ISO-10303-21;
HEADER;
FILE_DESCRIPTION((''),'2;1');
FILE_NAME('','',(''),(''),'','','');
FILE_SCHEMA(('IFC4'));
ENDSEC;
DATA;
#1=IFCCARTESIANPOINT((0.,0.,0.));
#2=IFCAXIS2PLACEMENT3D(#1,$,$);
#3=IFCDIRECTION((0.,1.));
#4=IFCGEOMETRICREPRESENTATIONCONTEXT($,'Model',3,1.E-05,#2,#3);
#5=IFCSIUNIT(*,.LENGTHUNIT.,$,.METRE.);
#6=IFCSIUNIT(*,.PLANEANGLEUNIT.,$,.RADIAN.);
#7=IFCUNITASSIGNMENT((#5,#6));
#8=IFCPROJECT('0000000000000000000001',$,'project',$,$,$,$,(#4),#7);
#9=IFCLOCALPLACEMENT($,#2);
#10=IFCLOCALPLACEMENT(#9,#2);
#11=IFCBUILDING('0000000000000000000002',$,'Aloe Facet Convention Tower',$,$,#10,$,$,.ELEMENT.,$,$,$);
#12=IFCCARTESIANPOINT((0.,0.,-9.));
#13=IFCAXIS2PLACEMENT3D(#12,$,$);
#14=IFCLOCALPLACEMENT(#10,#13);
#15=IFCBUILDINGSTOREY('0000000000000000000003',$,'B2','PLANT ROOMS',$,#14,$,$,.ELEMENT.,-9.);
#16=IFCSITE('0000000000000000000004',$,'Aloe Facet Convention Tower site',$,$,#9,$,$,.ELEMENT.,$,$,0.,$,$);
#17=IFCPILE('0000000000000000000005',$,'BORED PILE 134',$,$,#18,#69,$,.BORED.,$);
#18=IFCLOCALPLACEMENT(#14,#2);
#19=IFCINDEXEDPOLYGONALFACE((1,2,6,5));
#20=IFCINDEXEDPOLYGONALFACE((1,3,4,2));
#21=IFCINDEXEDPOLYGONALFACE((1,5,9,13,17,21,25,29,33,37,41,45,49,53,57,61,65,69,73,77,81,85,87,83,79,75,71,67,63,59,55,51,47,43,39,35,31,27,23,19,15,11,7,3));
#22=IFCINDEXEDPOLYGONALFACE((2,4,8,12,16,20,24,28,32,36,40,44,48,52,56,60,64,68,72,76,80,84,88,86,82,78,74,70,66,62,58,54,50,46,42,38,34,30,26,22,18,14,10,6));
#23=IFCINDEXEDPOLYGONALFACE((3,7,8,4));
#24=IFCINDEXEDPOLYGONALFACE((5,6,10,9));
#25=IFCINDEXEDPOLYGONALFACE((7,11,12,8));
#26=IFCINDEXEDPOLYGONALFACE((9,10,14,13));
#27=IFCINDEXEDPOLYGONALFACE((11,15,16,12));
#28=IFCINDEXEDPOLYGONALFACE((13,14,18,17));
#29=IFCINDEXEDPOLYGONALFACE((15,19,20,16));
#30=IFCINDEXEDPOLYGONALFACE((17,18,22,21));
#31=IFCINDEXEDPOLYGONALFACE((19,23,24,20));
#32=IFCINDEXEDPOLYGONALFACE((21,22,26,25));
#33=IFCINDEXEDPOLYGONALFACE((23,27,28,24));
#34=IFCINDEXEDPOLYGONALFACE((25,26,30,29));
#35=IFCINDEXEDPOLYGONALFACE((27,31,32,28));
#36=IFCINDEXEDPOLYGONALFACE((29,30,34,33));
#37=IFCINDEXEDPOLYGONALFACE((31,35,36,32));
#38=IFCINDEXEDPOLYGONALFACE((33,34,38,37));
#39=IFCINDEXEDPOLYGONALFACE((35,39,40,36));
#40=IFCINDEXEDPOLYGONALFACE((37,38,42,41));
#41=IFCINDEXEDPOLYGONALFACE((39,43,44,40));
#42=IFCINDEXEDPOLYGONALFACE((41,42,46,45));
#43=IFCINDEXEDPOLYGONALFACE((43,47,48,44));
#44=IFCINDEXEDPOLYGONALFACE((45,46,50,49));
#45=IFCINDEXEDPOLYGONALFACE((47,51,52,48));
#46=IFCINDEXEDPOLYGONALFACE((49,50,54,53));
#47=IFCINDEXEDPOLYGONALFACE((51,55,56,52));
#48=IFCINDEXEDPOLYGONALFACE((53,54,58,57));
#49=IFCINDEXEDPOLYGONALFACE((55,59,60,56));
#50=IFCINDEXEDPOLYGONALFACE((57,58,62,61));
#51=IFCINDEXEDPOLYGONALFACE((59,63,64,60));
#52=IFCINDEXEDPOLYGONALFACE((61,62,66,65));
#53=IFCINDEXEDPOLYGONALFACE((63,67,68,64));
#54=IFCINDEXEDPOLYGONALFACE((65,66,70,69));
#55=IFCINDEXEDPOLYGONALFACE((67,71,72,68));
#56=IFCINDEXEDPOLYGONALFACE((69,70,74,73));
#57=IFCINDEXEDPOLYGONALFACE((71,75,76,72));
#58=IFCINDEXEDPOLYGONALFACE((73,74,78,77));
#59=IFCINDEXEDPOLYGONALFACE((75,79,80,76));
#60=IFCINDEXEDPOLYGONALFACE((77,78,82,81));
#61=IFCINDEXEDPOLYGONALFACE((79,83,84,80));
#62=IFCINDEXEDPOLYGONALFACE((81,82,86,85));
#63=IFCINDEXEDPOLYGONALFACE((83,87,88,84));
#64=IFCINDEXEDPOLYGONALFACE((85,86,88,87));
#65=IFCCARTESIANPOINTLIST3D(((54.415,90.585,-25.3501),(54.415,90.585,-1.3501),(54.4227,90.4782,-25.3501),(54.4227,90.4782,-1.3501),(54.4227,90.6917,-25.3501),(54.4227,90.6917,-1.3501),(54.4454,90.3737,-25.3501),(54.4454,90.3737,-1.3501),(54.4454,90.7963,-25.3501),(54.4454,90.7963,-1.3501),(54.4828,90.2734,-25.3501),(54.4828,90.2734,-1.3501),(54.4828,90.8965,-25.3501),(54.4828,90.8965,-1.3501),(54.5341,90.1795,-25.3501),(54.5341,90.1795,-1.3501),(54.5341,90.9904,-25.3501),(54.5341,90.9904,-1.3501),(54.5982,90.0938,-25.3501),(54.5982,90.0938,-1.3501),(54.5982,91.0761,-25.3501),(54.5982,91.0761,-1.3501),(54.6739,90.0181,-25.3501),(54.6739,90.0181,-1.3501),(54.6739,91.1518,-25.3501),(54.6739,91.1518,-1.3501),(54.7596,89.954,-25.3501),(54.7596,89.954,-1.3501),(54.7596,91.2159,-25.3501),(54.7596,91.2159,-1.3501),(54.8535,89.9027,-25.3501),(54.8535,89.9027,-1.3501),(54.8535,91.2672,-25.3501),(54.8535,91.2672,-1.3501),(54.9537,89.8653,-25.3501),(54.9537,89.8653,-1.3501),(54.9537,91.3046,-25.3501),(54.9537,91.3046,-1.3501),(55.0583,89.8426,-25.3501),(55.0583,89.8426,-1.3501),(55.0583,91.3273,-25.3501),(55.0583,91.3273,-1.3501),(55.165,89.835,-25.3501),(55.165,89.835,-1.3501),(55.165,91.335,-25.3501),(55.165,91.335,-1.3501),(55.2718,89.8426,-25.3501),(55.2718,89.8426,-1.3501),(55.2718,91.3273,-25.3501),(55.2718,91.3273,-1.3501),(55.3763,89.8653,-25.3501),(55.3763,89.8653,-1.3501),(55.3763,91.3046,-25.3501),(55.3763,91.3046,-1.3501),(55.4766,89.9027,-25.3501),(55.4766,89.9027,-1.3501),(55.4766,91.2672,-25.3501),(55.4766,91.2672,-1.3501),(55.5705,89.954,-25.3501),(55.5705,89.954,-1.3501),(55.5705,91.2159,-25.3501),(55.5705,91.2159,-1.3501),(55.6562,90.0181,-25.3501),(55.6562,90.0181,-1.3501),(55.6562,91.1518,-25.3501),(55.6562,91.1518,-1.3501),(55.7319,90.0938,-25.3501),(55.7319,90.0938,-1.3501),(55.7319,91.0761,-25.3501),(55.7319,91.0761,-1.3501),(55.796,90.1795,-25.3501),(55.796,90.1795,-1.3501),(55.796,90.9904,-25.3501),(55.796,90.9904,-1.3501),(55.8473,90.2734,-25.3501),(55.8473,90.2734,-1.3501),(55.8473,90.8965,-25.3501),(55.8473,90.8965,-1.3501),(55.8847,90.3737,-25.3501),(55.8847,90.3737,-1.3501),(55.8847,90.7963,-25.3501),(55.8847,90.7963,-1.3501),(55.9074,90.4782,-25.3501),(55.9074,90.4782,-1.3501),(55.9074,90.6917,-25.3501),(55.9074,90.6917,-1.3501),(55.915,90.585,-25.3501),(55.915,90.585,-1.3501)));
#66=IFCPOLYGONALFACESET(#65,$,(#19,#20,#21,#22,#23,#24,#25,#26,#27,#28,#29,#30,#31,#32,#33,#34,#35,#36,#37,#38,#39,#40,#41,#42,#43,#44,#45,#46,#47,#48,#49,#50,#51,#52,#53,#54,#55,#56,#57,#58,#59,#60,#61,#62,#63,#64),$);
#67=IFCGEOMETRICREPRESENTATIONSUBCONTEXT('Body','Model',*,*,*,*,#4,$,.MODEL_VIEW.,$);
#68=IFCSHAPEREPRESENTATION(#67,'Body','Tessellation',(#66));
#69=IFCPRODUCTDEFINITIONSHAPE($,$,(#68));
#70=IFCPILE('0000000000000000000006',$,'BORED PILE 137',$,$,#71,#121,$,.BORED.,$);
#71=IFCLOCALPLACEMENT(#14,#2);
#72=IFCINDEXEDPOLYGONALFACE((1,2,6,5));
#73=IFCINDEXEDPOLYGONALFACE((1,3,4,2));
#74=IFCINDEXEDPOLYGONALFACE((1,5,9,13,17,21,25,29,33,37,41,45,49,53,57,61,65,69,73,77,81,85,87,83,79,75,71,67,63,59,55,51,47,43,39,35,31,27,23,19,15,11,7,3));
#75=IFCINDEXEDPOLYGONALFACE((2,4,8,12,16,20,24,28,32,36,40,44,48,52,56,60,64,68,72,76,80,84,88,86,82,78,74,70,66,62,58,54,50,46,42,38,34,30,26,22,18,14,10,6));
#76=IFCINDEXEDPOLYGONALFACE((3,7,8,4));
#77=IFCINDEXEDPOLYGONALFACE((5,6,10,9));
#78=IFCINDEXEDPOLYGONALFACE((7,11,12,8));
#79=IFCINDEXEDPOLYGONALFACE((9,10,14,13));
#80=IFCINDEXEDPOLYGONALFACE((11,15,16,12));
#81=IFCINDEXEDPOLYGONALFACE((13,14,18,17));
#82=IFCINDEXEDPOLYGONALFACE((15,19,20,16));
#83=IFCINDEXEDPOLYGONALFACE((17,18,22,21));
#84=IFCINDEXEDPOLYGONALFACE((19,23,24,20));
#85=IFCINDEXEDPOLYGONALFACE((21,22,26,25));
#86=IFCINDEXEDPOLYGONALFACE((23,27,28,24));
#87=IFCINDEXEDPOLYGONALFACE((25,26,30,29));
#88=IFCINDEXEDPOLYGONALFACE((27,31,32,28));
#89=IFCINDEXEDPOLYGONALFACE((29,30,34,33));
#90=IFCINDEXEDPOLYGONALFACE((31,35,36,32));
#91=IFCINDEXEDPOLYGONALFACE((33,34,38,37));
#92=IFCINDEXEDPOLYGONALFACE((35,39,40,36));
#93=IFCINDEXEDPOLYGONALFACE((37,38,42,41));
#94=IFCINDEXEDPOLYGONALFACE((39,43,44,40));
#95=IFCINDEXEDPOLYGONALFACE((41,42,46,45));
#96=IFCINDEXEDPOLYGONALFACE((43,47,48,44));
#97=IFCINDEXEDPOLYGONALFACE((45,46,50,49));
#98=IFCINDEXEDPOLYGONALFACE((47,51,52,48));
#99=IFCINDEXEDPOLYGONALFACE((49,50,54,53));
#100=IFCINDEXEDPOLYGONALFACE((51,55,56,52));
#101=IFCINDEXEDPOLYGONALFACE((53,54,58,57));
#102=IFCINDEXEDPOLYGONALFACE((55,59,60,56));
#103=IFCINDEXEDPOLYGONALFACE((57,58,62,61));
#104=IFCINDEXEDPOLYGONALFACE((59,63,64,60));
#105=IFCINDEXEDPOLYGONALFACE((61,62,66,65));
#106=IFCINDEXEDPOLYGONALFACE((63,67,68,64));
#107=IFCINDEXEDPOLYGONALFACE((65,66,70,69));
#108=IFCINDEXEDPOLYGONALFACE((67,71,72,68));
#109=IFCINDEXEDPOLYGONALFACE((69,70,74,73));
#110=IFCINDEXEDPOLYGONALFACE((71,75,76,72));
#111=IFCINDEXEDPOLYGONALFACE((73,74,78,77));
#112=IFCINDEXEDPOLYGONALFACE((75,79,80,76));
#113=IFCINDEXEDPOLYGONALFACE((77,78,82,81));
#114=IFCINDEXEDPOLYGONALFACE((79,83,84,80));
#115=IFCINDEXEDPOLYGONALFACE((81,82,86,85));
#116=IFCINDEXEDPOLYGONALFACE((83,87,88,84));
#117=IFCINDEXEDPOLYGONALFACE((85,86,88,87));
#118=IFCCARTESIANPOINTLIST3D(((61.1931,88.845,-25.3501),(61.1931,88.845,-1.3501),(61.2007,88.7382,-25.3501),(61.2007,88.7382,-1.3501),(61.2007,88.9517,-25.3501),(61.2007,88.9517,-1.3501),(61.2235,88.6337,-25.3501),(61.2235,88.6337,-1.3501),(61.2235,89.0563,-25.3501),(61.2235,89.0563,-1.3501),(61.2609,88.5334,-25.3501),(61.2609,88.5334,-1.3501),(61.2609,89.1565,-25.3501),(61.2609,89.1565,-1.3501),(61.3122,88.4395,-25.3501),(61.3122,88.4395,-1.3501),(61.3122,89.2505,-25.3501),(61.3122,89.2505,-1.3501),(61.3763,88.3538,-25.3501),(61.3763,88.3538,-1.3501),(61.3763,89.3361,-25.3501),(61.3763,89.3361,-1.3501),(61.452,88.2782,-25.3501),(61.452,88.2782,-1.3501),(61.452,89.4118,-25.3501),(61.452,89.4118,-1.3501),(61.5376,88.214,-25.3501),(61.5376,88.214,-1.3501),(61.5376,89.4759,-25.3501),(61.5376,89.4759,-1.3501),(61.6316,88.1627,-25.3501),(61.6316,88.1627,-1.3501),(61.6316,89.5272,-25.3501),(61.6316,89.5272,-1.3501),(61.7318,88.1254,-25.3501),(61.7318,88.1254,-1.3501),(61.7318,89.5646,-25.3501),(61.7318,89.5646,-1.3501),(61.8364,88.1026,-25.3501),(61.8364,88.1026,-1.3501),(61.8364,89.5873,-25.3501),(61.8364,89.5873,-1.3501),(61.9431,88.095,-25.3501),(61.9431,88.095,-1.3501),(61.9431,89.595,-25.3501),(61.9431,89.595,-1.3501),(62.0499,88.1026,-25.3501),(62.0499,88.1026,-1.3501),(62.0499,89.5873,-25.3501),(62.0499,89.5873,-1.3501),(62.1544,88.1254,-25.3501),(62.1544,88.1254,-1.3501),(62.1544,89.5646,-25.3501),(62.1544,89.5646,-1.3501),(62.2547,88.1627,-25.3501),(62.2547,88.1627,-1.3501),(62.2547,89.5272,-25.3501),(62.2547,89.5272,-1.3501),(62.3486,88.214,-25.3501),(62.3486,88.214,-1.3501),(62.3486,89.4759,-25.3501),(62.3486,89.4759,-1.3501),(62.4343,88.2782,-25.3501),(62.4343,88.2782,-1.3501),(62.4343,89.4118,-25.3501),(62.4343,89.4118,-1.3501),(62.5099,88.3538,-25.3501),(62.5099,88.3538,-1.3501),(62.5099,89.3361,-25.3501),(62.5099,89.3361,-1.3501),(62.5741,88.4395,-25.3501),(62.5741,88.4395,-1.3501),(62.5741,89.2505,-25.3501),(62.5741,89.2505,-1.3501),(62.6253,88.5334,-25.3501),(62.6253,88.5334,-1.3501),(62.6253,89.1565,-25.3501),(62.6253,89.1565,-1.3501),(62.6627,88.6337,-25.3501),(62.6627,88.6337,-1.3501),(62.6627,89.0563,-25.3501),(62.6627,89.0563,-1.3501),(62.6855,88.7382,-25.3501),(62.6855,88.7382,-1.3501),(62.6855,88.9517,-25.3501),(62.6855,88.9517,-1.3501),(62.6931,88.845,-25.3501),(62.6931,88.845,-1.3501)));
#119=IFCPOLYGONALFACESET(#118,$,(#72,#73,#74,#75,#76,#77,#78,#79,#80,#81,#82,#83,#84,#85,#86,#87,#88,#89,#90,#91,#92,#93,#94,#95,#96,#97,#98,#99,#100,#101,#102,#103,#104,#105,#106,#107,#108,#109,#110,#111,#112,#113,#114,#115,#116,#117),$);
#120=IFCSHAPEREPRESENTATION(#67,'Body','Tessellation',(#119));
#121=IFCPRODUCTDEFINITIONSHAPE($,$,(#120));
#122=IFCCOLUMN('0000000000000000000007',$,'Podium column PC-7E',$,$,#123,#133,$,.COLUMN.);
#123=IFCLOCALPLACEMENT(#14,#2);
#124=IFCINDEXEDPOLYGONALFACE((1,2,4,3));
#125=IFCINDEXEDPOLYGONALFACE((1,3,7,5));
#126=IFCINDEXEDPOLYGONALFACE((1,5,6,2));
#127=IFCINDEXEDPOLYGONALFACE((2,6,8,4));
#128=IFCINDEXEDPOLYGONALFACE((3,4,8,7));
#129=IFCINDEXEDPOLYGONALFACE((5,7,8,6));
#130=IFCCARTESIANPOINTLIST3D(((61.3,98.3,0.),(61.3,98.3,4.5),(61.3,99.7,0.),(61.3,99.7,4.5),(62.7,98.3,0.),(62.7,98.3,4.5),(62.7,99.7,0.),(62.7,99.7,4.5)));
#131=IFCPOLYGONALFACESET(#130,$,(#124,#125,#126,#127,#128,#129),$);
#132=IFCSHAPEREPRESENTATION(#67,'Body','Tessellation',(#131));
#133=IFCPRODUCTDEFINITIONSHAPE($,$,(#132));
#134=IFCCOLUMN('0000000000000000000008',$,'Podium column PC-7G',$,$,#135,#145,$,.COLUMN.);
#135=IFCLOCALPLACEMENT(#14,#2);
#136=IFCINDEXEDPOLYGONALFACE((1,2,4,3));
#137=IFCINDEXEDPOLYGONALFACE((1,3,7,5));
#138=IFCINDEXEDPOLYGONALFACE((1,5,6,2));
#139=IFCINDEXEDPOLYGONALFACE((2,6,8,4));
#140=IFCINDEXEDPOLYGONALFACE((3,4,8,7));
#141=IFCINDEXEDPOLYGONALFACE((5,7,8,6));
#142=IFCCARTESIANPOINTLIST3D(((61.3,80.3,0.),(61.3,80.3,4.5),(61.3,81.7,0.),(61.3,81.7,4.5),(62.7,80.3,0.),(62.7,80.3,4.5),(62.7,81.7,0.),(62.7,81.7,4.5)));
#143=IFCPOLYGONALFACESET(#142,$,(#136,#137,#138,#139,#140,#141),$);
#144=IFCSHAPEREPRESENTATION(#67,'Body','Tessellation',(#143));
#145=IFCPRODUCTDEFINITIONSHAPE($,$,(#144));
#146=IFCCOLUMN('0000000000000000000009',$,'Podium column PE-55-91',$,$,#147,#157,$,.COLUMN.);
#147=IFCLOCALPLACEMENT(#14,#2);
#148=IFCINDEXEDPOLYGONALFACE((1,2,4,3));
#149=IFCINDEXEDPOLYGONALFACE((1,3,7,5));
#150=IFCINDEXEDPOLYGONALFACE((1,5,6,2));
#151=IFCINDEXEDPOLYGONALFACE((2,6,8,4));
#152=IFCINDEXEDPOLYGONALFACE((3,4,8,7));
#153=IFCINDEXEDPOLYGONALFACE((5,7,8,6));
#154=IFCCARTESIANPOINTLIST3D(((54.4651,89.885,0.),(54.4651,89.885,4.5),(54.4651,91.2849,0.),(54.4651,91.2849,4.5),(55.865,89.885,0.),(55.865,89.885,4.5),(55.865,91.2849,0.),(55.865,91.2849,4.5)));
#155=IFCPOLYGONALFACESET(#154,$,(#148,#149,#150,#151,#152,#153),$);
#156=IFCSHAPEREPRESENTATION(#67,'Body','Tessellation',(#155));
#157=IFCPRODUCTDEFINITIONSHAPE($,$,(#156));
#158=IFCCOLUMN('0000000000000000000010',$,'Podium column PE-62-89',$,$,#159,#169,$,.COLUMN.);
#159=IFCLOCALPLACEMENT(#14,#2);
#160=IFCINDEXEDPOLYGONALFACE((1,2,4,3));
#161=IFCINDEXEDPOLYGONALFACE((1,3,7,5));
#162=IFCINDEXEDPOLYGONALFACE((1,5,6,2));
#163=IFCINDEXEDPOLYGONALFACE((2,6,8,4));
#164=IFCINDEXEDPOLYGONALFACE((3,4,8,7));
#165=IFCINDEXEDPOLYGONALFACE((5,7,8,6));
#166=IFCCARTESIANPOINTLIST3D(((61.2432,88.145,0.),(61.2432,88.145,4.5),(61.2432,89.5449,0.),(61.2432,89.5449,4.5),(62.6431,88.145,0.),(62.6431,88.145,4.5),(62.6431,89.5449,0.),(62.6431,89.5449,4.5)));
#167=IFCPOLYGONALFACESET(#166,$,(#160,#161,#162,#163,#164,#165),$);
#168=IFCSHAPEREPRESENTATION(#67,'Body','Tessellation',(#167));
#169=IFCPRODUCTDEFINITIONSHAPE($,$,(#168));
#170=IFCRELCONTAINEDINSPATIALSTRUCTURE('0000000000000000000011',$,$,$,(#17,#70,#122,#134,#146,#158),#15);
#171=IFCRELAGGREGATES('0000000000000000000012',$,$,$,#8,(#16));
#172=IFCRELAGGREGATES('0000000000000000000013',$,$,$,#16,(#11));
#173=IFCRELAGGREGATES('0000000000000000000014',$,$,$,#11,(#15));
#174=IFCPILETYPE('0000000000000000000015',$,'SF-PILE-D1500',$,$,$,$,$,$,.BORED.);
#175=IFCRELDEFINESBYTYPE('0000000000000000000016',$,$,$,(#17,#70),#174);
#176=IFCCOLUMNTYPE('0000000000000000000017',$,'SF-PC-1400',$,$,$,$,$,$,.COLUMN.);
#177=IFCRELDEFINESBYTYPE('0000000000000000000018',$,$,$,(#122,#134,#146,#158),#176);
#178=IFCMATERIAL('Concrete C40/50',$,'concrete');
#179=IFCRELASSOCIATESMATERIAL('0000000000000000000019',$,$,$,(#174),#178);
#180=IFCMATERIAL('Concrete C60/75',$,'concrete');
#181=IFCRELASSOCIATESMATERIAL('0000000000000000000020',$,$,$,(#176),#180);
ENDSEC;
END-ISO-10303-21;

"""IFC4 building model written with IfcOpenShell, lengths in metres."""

from ifc_helpers import new_model, si_unit, direction, frame, origin, origin_2d, place, context, subcontext, project, spatial, rectangle, circle, extrude, material, material_profile, profile_set, type_object, element, save


model = new_model("IFC4")

# Units and contexts
model_context = context("Model", 3, precision=1e-05, world=origin(), true_north=direction((0.0, 1.0)))
body_context = subcontext(model_context, "Body", "Model", "MODEL_VIEW")
ifc_project = project(units=[si_unit("LENGTHUNIT", "METRE"), si_unit("PLANEANGLEUNIT", "RADIAN")], contexts=[model_context])

# Site, building, storey
site_placement = place(None, origin())
site = spatial("IfcSite", under=ifc_project, at=site_placement, Name="Aloe Facet Convention Tower site", CompositionType="ELEMENT", RefElevation=0.0)
building_placement = place(site_placement, origin())
building = spatial("IfcBuilding", under=site, at=building_placement, Name="Aloe Facet Convention Tower", CompositionType="ELEMENT")
storey_placement = place(building_placement, frame((0.0, 0.0, -9.0)))
storey = spatial("IfcBuildingStorey", under=building, at=storey_placement, Name="B2", Description="PLANT ROOMS", CompositionType="ELEMENT", Elevation=-9.0)

# Piles
ifc_material_1 = material(Name="Concrete C40/50", Category="concrete")
ifc_material_profile_1 = material_profile(ifc_material_1, circle(Radius=0.75, at=origin_2d()), Name="D1500")
ifc_profile_set_1 = profile_set([ifc_material_profile_1], Name="Concrete C40/50")
pile_type = type_object("IfcPileType", Name="SF-PILE-D1500", PredefinedType="BORED", material=ifc_profile_set_1)
for number, where, z_axis, x_axis, name in (
    (1, (55.165, 90.585, -1.3501), (0.0, 0.0, -1.0), (1.0, 0.0, 0.0), "BORED PILE 134"),
    (2, (61.9431, 88.845, -1.3501), (0.0, 0.0, -1.0), (1.0, 0.0, 0.0), "BORED PILE 137"),
):
    element("IfcPile", number, at=place(storey_placement, frame(where, z_axis=z_axis, x_axis=x_axis)), inside=storey, type_object=pile_type, Name=name, PredefinedType="BORED", context=body_context, shape_type="SweptSolid", body=[
        extrude(circle(Radius=0.75, at=origin_2d()), origin(), (0.0, 0.0, 1.0), 24.0),
    ])

# Columns
ifc_material_2 = material(Name="Concrete C60/75", Category="concrete")
ifc_material_profile_2 = material_profile(ifc_material_2, rectangle(XDim=1.3999, YDim=1.3999, at=origin_2d()), Name="SF-PC-1400")
ifc_profile_set_2 = profile_set([ifc_material_profile_2], Name="Concrete C60/75")
column_type = type_object("IfcColumnType", Name="SF-PC-1400", PredefinedType="COLUMN", material=ifc_profile_set_2)
for number, where, z_axis, x_axis, name in (
    (3, (62.0, 99.0, 0.0), (0.0, 0.0, 1.0), (1.0, 0.0, 0.0), "Podium column PC-7E"),
    (4, (62.0, 81.0, 0.0), (0.0, 0.0, 1.0), (1.0, 0.0, 0.0), "Podium column PC-7G"),
    (5, (55.165, 90.585, 0.0), (0.0, 0.0, 1.0), (1.0, 0.0, 0.0), "Podium column PE-55-91"),
    (6, (61.9431, 88.845, 0.0), (0.0, 0.0, 1.0), (1.0, 0.0, 0.0), "Podium column PE-62-89"),
):
    element("IfcColumn", number, at=place(storey_placement, frame(where, z_axis=z_axis, x_axis=x_axis)), inside=storey, type_object=column_type, Name=name, PredefinedType="COLUMN", context=body_context, shape_type="SweptSolid", body=[
        extrude(rectangle(XDim=1.3999, YDim=1.3999, at=origin_2d()), origin(), (0.0, 0.0, 1.0), 4.5),
    ])

save(model, "model.ifc")
